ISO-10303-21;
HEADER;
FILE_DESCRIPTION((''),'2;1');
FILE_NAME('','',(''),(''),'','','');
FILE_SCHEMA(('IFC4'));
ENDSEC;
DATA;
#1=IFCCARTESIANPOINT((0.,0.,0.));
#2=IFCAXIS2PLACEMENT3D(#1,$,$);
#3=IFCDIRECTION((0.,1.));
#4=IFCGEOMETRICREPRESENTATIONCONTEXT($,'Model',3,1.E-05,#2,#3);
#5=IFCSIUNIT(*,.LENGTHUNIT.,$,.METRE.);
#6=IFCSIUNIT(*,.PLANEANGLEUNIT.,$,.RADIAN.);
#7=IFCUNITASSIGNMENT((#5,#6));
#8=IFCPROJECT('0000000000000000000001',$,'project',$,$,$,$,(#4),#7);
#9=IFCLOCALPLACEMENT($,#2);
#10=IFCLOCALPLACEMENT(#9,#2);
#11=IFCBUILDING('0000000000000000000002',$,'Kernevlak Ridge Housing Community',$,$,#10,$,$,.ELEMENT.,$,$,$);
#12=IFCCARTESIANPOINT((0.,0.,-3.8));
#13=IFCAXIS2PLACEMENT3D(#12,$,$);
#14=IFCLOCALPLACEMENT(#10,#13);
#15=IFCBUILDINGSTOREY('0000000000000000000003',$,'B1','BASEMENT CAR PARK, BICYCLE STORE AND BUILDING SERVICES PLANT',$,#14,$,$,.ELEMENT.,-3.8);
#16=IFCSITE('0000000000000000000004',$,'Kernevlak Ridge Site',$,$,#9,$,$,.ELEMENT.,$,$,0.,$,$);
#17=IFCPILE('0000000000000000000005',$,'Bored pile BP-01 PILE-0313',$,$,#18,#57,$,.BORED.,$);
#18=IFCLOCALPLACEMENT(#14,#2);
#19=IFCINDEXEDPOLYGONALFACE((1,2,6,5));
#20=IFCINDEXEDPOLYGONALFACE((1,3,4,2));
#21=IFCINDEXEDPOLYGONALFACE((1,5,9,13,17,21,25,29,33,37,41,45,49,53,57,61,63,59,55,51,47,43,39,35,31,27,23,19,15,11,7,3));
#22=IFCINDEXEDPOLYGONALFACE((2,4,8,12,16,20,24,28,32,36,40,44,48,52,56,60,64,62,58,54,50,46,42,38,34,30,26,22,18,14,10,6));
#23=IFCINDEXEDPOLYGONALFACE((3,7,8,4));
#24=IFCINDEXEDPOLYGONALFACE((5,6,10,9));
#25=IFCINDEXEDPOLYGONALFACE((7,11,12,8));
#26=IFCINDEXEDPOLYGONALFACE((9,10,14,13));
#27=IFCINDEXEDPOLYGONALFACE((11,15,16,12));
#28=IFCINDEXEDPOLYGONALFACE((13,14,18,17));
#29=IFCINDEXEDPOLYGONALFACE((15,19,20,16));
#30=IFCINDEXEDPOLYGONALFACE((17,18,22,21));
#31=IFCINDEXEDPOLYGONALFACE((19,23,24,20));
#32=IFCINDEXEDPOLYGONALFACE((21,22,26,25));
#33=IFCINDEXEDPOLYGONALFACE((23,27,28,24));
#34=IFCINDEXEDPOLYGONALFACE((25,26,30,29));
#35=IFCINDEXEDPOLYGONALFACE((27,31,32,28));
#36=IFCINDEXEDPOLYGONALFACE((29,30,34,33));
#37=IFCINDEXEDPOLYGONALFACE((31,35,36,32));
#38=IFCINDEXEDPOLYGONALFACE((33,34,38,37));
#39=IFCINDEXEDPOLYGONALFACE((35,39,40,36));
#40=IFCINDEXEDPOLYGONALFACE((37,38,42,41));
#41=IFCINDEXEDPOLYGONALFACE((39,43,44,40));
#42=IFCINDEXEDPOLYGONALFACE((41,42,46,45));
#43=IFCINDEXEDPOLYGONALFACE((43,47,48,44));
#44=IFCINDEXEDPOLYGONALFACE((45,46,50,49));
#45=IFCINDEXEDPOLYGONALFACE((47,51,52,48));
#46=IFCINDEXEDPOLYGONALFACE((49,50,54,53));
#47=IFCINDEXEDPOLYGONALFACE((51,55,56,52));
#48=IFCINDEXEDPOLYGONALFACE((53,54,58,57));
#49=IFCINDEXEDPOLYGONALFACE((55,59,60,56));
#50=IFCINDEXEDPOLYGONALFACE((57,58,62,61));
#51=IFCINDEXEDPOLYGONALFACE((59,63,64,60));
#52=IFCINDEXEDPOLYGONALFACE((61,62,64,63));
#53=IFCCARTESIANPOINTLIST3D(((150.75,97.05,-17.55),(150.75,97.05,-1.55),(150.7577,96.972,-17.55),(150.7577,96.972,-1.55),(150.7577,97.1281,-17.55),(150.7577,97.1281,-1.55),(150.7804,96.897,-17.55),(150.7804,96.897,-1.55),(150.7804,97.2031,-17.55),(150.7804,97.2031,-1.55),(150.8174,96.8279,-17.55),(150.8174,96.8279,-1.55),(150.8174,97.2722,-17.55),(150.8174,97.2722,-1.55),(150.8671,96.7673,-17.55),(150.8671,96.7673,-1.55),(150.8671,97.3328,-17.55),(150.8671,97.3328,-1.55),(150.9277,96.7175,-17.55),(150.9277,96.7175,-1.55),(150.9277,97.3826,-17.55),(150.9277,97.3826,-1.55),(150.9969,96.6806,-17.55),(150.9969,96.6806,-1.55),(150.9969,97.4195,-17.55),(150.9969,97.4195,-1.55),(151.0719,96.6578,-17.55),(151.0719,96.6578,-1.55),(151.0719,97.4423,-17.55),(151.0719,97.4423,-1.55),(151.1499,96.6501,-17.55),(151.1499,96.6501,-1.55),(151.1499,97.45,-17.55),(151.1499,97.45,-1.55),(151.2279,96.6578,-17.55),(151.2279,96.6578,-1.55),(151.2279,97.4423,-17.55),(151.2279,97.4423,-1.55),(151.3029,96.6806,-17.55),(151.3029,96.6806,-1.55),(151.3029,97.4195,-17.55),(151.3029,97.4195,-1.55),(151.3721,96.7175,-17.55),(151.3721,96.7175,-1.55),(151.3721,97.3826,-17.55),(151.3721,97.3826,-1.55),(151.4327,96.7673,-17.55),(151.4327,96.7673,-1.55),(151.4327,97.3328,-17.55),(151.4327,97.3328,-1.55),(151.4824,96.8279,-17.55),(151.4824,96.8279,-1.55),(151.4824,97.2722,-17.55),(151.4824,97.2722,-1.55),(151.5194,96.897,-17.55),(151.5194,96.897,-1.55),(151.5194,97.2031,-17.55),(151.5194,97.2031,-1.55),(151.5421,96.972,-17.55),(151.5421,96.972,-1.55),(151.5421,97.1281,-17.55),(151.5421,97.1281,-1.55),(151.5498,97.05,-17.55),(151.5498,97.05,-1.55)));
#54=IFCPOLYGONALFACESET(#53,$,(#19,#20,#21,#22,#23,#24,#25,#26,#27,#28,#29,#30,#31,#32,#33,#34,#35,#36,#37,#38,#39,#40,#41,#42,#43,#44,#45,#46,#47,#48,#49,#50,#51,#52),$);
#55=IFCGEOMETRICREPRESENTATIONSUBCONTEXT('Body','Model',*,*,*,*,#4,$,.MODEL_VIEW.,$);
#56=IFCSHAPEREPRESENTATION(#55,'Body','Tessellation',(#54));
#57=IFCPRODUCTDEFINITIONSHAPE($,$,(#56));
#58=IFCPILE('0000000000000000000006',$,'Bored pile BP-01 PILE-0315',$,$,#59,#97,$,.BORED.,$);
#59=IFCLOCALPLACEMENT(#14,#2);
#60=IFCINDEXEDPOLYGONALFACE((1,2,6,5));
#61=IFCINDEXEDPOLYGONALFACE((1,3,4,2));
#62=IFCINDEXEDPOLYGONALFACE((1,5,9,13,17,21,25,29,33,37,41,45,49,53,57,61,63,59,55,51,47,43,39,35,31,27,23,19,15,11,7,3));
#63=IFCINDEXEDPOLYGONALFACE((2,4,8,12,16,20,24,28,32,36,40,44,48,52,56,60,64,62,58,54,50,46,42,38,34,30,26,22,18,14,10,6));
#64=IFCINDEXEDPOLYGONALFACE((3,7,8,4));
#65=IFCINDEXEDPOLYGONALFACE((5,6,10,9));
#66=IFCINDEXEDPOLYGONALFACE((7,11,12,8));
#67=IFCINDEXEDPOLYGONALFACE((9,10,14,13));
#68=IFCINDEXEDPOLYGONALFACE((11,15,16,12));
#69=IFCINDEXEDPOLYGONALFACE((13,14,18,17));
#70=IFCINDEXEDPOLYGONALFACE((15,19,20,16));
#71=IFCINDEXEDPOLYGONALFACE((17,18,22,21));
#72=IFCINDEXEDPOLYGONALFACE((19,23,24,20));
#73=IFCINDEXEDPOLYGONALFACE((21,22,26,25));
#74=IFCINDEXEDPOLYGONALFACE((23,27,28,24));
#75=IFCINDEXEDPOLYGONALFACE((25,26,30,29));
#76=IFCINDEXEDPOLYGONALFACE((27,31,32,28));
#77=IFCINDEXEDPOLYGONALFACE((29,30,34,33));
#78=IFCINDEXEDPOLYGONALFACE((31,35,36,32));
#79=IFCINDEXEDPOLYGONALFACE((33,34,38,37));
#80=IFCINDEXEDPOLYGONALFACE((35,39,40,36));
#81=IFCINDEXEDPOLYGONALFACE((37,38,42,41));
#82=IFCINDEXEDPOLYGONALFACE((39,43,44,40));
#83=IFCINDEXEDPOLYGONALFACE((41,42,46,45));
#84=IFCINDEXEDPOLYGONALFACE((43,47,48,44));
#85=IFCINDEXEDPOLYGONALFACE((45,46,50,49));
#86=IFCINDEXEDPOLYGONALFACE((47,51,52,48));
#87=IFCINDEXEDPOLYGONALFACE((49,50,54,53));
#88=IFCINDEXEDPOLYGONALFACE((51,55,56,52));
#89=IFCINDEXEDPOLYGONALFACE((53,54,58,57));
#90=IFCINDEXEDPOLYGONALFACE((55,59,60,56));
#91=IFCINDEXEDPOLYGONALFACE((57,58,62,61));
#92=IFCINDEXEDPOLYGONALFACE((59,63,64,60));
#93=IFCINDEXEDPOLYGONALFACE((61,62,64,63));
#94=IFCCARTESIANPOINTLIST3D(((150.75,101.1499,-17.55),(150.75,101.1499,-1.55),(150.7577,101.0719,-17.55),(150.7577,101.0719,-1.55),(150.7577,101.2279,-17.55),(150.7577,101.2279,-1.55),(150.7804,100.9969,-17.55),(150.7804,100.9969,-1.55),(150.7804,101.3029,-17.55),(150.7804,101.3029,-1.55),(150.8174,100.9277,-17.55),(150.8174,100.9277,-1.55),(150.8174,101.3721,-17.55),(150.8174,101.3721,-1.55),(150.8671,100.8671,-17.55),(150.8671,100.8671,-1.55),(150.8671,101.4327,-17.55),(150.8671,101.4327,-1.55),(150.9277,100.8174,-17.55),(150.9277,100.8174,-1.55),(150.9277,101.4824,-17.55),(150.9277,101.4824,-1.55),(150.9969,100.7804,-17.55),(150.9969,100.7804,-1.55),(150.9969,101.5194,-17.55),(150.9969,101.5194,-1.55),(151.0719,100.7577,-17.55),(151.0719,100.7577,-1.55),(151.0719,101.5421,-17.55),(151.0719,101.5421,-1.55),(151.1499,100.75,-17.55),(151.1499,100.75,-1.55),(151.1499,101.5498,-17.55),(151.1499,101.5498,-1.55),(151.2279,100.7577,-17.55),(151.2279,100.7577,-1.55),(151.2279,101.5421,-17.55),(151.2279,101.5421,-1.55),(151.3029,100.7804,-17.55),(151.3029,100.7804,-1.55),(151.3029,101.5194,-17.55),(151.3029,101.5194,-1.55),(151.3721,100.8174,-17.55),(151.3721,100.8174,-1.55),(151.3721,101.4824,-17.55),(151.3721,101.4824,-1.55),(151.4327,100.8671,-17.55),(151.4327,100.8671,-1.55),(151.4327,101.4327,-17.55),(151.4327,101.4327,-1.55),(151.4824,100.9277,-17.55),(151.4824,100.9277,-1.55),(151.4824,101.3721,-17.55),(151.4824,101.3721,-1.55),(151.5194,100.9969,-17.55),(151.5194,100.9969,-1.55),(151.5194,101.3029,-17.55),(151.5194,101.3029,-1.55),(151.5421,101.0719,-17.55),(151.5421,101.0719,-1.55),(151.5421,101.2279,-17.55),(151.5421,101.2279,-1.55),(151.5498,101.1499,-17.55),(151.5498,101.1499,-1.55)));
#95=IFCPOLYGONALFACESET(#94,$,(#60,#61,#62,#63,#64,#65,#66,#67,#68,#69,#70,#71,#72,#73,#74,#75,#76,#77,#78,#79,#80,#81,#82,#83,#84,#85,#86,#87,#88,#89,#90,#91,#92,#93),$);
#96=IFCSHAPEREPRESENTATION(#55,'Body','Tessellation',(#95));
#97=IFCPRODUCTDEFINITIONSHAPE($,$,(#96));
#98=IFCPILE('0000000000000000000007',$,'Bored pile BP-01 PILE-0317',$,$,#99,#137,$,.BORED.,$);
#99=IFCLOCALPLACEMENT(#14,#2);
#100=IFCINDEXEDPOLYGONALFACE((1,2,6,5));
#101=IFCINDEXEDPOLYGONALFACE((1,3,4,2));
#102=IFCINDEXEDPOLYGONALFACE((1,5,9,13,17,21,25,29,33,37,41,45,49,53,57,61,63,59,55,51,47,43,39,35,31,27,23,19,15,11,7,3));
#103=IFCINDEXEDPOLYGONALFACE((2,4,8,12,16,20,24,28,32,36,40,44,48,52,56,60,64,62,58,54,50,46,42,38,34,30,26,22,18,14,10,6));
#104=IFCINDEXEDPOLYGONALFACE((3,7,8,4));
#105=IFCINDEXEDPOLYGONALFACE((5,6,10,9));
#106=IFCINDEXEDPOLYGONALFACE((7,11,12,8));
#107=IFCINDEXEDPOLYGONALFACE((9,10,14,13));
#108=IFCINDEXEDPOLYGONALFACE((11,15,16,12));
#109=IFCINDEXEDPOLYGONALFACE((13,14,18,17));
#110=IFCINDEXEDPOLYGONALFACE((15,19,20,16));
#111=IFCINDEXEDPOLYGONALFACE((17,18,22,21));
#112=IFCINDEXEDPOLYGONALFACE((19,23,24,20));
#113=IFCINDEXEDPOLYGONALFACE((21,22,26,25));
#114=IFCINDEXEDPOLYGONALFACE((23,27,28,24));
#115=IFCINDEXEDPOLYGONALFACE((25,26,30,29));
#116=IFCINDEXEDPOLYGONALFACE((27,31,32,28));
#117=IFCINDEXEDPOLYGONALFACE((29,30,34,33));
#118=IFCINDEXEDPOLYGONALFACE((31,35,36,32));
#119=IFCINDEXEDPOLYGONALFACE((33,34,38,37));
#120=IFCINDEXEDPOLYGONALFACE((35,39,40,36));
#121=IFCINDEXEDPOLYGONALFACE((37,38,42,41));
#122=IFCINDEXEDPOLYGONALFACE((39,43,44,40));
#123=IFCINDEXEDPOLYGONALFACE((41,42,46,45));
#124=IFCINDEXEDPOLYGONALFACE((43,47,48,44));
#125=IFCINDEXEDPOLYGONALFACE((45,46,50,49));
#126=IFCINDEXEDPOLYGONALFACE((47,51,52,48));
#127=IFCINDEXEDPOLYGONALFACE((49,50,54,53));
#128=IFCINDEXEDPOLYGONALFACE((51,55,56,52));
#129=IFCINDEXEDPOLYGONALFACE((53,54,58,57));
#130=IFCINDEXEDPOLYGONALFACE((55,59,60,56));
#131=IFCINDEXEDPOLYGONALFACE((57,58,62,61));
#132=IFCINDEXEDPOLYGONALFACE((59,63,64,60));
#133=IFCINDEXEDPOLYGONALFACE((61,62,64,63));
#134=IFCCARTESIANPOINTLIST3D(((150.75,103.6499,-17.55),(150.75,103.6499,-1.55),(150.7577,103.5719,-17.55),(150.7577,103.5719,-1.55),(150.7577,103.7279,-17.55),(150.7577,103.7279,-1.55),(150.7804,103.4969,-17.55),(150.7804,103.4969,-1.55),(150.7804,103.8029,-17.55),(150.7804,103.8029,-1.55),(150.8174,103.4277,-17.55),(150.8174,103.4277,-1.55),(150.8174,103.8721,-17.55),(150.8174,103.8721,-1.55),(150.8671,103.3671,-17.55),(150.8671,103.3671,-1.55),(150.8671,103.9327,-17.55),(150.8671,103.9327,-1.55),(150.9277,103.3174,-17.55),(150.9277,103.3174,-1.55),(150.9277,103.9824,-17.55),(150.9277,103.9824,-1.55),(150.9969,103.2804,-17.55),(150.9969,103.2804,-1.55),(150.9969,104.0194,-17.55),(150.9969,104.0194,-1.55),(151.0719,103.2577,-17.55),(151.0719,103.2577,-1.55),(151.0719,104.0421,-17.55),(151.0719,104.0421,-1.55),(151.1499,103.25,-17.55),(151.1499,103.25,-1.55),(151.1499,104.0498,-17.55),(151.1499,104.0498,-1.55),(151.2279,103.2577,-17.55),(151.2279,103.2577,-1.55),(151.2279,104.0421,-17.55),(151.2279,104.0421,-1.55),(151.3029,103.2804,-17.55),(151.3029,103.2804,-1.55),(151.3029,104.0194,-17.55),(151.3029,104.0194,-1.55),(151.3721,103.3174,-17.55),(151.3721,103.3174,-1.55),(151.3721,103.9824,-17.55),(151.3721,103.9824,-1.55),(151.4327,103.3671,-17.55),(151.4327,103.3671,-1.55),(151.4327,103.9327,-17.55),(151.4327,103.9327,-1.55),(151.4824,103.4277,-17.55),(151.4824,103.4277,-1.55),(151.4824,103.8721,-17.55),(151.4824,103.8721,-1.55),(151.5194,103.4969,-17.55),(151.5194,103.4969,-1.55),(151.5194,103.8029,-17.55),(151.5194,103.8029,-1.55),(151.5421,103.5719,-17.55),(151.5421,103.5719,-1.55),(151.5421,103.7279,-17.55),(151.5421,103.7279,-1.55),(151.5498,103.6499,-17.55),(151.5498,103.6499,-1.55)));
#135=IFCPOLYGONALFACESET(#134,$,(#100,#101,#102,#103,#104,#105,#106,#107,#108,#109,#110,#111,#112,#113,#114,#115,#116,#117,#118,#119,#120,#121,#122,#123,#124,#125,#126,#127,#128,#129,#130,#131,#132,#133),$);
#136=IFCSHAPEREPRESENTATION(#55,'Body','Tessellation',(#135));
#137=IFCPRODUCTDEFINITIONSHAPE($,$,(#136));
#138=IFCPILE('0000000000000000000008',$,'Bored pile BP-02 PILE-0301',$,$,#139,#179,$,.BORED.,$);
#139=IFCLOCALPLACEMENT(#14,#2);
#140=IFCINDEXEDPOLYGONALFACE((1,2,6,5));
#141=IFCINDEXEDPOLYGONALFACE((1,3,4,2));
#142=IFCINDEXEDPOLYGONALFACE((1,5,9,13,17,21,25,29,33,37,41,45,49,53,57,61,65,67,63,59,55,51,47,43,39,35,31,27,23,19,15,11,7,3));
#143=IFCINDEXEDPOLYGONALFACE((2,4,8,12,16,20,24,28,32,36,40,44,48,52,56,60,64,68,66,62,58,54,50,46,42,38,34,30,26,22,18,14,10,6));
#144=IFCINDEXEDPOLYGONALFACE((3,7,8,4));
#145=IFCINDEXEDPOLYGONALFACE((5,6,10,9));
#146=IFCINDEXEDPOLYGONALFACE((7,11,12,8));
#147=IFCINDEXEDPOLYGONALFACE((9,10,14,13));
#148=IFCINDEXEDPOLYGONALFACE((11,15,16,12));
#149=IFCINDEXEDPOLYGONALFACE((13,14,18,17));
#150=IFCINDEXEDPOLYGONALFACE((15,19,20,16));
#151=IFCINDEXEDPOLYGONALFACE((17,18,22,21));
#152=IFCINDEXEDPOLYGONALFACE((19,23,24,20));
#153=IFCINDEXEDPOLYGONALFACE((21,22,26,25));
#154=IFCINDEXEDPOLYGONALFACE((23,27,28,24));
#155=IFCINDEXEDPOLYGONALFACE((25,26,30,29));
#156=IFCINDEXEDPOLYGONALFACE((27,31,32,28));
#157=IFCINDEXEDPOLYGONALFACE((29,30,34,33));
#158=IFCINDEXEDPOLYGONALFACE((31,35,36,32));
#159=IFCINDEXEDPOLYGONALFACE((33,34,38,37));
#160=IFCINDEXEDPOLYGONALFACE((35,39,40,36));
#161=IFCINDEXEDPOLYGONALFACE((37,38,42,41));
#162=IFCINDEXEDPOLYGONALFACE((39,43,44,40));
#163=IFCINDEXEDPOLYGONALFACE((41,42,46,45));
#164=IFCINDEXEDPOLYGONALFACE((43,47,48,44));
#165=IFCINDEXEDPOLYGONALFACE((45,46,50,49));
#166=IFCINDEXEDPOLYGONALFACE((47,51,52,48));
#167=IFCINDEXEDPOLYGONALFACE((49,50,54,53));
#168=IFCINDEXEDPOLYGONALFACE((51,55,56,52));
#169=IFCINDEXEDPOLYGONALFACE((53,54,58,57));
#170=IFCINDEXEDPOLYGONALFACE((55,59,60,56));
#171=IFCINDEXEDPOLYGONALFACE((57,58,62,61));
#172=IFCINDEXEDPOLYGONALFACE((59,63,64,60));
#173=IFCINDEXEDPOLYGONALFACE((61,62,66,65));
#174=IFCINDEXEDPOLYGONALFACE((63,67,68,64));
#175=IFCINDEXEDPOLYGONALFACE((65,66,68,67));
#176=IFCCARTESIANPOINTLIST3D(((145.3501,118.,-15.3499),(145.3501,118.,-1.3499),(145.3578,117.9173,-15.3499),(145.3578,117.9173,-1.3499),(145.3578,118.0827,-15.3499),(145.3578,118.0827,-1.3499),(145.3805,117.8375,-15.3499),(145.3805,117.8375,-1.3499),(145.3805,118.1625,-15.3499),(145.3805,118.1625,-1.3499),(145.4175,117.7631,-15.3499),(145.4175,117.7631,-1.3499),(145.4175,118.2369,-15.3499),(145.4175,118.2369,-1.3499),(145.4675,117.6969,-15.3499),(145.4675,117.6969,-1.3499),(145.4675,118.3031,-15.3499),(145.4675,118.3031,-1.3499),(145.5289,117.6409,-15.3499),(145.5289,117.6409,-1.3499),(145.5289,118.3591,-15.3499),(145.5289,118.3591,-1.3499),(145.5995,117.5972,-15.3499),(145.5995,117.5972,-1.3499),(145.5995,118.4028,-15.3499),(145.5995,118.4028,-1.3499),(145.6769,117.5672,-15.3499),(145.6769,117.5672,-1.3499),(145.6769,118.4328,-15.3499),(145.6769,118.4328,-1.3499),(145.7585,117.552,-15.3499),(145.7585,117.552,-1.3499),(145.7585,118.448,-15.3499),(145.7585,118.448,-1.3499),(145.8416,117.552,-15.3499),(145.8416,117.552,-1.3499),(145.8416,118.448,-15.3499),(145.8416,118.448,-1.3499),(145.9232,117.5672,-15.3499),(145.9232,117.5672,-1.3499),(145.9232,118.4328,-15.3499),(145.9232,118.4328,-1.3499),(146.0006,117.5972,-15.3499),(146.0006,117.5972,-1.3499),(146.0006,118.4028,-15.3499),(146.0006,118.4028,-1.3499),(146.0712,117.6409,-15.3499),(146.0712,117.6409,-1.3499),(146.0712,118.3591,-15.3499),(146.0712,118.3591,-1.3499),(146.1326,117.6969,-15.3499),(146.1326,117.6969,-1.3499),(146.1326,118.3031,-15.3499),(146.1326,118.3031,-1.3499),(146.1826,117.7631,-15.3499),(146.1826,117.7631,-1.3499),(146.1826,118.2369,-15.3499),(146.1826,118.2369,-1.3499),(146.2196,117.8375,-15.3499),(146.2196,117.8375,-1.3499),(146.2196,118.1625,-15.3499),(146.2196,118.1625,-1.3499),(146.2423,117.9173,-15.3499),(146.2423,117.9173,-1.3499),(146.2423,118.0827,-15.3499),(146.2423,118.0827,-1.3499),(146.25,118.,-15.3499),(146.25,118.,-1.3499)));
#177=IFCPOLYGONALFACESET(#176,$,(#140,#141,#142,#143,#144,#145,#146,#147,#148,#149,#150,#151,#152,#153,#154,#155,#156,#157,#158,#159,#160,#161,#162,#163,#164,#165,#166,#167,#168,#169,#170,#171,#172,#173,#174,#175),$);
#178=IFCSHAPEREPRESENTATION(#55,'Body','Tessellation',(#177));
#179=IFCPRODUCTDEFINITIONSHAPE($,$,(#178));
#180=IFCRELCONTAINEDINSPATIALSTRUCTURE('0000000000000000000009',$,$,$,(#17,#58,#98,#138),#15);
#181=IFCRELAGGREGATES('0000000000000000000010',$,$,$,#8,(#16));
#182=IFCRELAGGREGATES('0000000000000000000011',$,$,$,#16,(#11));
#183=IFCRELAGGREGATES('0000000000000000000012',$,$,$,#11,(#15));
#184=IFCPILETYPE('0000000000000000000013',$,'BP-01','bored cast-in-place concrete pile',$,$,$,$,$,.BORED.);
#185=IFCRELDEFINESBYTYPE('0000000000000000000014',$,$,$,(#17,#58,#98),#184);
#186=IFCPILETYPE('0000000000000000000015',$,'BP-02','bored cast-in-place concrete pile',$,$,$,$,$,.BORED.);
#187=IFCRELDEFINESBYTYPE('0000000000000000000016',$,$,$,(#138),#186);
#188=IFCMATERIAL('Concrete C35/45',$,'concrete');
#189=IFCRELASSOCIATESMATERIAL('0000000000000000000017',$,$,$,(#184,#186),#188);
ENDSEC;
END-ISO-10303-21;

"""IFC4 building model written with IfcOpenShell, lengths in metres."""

from ifc_helpers import new_model, si_unit, direction, frame, origin, origin_2d, place, context, subcontext, project, spatial, circle, extrude, material, material_profile, profile_set, type_object, element, save


model = new_model("IFC4")

# Units and contexts
model_context = context("Model", 3, precision=1e-05, world=origin(), true_north=direction((0.0, 1.0)))
body_context = subcontext(model_context, "Body", "Model", "MODEL_VIEW")
ifc_project = project(units=[si_unit("LENGTHUNIT", "METRE"), si_unit("PLANEANGLEUNIT", "RADIAN")], contexts=[model_context])

# Site, building, storey
site_placement = place(None, origin())
site = spatial("IfcSite", under=ifc_project, at=site_placement, Name="Kernevlak Ridge Site", CompositionType="ELEMENT", RefElevation=0.0)
building_placement = place(site_placement, origin())
building = spatial("IfcBuilding", under=site, at=building_placement, Name="Kernevlak Ridge Housing Community", CompositionType="ELEMENT")
storey_placement = place(building_placement, frame((0.0, 0.0, -3.8)))
storey = spatial("IfcBuildingStorey", under=building, at=storey_placement, Name="B1", Description="BASEMENT CAR PARK, BICYCLE STORE AND BUILDING SERVICES PLANT", CompositionType="ELEMENT", Elevation=-3.8)

# Piles
ifc_material_1 = material(Name="Concrete C35/45", Category="concrete")
ifc_material_profile_1 = material_profile(ifc_material_1, circle(Radius=0.3999, at=origin_2d()), Name="BORED PILE 800")
ifc_profile_set_1 = profile_set([ifc_material_profile_1], Name="Concrete C35/45")
pile_type_1 = type_object("IfcPileType", Name="BP-01", Description="bored cast-in-place concrete pile", PredefinedType="BORED", material=ifc_profile_set_1)
for number, where, z_axis, x_axis, name in (
    (1, (151.1499, 97.05, -1.55), (0.0, 0.0, -1.0), (1.0, 0.0, 0.0), "Bored pile BP-01 PILE-0313"),
    (2, (151.1499, 101.1499, -1.55), (0.0, 0.0, -1.0), (1.0, 0.0, 0.0), "Bored pile BP-01 PILE-0315"),
    (3, (151.1499, 103.6499, -1.55), (0.0, 0.0, -1.0), (1.0, 0.0, 0.0), "Bored pile BP-01 PILE-0317"),
):
    element("IfcPile", number, at=place(storey_placement, frame(where, z_axis=z_axis, x_axis=x_axis)), inside=storey, type_object=pile_type_1, Name=name, PredefinedType="BORED", context=body_context, shape_type="SweptSolid", body=[
        extrude(circle(Radius=0.3999, at=origin_2d()), origin(), (0.0, 0.0, 1.0), 16.0),
    ])
ifc_material_profile_2 = material_profile(ifc_material_1, circle(Radius=0.45, at=origin_2d()), Name="BORED PILE 900")
ifc_profile_set_2 = profile_set([ifc_material_profile_2], Name="Concrete C35/45")
pile_type_2 = type_object("IfcPileType", Name="BP-02", Description="bored cast-in-place concrete pile", PredefinedType="BORED", material=ifc_profile_set_2)
for number, where, z_axis, x_axis, name in (
    (4, (145.8, 118.0, -1.3499), (0.0, 0.0, -1.0), (1.0, 0.0, 0.0), "Bored pile BP-02 PILE-0301"),
):
    element("IfcPile", number, at=place(storey_placement, frame(where, z_axis=z_axis, x_axis=x_axis)), inside=storey, type_object=pile_type_2, Name=name, PredefinedType="BORED", context=body_context, shape_type="SweptSolid", body=[
        extrude(circle(Radius=0.45, at=origin_2d()), origin(), (0.0, 0.0, 1.0), 14.0),
    ])

save(model, "model.ifc")
